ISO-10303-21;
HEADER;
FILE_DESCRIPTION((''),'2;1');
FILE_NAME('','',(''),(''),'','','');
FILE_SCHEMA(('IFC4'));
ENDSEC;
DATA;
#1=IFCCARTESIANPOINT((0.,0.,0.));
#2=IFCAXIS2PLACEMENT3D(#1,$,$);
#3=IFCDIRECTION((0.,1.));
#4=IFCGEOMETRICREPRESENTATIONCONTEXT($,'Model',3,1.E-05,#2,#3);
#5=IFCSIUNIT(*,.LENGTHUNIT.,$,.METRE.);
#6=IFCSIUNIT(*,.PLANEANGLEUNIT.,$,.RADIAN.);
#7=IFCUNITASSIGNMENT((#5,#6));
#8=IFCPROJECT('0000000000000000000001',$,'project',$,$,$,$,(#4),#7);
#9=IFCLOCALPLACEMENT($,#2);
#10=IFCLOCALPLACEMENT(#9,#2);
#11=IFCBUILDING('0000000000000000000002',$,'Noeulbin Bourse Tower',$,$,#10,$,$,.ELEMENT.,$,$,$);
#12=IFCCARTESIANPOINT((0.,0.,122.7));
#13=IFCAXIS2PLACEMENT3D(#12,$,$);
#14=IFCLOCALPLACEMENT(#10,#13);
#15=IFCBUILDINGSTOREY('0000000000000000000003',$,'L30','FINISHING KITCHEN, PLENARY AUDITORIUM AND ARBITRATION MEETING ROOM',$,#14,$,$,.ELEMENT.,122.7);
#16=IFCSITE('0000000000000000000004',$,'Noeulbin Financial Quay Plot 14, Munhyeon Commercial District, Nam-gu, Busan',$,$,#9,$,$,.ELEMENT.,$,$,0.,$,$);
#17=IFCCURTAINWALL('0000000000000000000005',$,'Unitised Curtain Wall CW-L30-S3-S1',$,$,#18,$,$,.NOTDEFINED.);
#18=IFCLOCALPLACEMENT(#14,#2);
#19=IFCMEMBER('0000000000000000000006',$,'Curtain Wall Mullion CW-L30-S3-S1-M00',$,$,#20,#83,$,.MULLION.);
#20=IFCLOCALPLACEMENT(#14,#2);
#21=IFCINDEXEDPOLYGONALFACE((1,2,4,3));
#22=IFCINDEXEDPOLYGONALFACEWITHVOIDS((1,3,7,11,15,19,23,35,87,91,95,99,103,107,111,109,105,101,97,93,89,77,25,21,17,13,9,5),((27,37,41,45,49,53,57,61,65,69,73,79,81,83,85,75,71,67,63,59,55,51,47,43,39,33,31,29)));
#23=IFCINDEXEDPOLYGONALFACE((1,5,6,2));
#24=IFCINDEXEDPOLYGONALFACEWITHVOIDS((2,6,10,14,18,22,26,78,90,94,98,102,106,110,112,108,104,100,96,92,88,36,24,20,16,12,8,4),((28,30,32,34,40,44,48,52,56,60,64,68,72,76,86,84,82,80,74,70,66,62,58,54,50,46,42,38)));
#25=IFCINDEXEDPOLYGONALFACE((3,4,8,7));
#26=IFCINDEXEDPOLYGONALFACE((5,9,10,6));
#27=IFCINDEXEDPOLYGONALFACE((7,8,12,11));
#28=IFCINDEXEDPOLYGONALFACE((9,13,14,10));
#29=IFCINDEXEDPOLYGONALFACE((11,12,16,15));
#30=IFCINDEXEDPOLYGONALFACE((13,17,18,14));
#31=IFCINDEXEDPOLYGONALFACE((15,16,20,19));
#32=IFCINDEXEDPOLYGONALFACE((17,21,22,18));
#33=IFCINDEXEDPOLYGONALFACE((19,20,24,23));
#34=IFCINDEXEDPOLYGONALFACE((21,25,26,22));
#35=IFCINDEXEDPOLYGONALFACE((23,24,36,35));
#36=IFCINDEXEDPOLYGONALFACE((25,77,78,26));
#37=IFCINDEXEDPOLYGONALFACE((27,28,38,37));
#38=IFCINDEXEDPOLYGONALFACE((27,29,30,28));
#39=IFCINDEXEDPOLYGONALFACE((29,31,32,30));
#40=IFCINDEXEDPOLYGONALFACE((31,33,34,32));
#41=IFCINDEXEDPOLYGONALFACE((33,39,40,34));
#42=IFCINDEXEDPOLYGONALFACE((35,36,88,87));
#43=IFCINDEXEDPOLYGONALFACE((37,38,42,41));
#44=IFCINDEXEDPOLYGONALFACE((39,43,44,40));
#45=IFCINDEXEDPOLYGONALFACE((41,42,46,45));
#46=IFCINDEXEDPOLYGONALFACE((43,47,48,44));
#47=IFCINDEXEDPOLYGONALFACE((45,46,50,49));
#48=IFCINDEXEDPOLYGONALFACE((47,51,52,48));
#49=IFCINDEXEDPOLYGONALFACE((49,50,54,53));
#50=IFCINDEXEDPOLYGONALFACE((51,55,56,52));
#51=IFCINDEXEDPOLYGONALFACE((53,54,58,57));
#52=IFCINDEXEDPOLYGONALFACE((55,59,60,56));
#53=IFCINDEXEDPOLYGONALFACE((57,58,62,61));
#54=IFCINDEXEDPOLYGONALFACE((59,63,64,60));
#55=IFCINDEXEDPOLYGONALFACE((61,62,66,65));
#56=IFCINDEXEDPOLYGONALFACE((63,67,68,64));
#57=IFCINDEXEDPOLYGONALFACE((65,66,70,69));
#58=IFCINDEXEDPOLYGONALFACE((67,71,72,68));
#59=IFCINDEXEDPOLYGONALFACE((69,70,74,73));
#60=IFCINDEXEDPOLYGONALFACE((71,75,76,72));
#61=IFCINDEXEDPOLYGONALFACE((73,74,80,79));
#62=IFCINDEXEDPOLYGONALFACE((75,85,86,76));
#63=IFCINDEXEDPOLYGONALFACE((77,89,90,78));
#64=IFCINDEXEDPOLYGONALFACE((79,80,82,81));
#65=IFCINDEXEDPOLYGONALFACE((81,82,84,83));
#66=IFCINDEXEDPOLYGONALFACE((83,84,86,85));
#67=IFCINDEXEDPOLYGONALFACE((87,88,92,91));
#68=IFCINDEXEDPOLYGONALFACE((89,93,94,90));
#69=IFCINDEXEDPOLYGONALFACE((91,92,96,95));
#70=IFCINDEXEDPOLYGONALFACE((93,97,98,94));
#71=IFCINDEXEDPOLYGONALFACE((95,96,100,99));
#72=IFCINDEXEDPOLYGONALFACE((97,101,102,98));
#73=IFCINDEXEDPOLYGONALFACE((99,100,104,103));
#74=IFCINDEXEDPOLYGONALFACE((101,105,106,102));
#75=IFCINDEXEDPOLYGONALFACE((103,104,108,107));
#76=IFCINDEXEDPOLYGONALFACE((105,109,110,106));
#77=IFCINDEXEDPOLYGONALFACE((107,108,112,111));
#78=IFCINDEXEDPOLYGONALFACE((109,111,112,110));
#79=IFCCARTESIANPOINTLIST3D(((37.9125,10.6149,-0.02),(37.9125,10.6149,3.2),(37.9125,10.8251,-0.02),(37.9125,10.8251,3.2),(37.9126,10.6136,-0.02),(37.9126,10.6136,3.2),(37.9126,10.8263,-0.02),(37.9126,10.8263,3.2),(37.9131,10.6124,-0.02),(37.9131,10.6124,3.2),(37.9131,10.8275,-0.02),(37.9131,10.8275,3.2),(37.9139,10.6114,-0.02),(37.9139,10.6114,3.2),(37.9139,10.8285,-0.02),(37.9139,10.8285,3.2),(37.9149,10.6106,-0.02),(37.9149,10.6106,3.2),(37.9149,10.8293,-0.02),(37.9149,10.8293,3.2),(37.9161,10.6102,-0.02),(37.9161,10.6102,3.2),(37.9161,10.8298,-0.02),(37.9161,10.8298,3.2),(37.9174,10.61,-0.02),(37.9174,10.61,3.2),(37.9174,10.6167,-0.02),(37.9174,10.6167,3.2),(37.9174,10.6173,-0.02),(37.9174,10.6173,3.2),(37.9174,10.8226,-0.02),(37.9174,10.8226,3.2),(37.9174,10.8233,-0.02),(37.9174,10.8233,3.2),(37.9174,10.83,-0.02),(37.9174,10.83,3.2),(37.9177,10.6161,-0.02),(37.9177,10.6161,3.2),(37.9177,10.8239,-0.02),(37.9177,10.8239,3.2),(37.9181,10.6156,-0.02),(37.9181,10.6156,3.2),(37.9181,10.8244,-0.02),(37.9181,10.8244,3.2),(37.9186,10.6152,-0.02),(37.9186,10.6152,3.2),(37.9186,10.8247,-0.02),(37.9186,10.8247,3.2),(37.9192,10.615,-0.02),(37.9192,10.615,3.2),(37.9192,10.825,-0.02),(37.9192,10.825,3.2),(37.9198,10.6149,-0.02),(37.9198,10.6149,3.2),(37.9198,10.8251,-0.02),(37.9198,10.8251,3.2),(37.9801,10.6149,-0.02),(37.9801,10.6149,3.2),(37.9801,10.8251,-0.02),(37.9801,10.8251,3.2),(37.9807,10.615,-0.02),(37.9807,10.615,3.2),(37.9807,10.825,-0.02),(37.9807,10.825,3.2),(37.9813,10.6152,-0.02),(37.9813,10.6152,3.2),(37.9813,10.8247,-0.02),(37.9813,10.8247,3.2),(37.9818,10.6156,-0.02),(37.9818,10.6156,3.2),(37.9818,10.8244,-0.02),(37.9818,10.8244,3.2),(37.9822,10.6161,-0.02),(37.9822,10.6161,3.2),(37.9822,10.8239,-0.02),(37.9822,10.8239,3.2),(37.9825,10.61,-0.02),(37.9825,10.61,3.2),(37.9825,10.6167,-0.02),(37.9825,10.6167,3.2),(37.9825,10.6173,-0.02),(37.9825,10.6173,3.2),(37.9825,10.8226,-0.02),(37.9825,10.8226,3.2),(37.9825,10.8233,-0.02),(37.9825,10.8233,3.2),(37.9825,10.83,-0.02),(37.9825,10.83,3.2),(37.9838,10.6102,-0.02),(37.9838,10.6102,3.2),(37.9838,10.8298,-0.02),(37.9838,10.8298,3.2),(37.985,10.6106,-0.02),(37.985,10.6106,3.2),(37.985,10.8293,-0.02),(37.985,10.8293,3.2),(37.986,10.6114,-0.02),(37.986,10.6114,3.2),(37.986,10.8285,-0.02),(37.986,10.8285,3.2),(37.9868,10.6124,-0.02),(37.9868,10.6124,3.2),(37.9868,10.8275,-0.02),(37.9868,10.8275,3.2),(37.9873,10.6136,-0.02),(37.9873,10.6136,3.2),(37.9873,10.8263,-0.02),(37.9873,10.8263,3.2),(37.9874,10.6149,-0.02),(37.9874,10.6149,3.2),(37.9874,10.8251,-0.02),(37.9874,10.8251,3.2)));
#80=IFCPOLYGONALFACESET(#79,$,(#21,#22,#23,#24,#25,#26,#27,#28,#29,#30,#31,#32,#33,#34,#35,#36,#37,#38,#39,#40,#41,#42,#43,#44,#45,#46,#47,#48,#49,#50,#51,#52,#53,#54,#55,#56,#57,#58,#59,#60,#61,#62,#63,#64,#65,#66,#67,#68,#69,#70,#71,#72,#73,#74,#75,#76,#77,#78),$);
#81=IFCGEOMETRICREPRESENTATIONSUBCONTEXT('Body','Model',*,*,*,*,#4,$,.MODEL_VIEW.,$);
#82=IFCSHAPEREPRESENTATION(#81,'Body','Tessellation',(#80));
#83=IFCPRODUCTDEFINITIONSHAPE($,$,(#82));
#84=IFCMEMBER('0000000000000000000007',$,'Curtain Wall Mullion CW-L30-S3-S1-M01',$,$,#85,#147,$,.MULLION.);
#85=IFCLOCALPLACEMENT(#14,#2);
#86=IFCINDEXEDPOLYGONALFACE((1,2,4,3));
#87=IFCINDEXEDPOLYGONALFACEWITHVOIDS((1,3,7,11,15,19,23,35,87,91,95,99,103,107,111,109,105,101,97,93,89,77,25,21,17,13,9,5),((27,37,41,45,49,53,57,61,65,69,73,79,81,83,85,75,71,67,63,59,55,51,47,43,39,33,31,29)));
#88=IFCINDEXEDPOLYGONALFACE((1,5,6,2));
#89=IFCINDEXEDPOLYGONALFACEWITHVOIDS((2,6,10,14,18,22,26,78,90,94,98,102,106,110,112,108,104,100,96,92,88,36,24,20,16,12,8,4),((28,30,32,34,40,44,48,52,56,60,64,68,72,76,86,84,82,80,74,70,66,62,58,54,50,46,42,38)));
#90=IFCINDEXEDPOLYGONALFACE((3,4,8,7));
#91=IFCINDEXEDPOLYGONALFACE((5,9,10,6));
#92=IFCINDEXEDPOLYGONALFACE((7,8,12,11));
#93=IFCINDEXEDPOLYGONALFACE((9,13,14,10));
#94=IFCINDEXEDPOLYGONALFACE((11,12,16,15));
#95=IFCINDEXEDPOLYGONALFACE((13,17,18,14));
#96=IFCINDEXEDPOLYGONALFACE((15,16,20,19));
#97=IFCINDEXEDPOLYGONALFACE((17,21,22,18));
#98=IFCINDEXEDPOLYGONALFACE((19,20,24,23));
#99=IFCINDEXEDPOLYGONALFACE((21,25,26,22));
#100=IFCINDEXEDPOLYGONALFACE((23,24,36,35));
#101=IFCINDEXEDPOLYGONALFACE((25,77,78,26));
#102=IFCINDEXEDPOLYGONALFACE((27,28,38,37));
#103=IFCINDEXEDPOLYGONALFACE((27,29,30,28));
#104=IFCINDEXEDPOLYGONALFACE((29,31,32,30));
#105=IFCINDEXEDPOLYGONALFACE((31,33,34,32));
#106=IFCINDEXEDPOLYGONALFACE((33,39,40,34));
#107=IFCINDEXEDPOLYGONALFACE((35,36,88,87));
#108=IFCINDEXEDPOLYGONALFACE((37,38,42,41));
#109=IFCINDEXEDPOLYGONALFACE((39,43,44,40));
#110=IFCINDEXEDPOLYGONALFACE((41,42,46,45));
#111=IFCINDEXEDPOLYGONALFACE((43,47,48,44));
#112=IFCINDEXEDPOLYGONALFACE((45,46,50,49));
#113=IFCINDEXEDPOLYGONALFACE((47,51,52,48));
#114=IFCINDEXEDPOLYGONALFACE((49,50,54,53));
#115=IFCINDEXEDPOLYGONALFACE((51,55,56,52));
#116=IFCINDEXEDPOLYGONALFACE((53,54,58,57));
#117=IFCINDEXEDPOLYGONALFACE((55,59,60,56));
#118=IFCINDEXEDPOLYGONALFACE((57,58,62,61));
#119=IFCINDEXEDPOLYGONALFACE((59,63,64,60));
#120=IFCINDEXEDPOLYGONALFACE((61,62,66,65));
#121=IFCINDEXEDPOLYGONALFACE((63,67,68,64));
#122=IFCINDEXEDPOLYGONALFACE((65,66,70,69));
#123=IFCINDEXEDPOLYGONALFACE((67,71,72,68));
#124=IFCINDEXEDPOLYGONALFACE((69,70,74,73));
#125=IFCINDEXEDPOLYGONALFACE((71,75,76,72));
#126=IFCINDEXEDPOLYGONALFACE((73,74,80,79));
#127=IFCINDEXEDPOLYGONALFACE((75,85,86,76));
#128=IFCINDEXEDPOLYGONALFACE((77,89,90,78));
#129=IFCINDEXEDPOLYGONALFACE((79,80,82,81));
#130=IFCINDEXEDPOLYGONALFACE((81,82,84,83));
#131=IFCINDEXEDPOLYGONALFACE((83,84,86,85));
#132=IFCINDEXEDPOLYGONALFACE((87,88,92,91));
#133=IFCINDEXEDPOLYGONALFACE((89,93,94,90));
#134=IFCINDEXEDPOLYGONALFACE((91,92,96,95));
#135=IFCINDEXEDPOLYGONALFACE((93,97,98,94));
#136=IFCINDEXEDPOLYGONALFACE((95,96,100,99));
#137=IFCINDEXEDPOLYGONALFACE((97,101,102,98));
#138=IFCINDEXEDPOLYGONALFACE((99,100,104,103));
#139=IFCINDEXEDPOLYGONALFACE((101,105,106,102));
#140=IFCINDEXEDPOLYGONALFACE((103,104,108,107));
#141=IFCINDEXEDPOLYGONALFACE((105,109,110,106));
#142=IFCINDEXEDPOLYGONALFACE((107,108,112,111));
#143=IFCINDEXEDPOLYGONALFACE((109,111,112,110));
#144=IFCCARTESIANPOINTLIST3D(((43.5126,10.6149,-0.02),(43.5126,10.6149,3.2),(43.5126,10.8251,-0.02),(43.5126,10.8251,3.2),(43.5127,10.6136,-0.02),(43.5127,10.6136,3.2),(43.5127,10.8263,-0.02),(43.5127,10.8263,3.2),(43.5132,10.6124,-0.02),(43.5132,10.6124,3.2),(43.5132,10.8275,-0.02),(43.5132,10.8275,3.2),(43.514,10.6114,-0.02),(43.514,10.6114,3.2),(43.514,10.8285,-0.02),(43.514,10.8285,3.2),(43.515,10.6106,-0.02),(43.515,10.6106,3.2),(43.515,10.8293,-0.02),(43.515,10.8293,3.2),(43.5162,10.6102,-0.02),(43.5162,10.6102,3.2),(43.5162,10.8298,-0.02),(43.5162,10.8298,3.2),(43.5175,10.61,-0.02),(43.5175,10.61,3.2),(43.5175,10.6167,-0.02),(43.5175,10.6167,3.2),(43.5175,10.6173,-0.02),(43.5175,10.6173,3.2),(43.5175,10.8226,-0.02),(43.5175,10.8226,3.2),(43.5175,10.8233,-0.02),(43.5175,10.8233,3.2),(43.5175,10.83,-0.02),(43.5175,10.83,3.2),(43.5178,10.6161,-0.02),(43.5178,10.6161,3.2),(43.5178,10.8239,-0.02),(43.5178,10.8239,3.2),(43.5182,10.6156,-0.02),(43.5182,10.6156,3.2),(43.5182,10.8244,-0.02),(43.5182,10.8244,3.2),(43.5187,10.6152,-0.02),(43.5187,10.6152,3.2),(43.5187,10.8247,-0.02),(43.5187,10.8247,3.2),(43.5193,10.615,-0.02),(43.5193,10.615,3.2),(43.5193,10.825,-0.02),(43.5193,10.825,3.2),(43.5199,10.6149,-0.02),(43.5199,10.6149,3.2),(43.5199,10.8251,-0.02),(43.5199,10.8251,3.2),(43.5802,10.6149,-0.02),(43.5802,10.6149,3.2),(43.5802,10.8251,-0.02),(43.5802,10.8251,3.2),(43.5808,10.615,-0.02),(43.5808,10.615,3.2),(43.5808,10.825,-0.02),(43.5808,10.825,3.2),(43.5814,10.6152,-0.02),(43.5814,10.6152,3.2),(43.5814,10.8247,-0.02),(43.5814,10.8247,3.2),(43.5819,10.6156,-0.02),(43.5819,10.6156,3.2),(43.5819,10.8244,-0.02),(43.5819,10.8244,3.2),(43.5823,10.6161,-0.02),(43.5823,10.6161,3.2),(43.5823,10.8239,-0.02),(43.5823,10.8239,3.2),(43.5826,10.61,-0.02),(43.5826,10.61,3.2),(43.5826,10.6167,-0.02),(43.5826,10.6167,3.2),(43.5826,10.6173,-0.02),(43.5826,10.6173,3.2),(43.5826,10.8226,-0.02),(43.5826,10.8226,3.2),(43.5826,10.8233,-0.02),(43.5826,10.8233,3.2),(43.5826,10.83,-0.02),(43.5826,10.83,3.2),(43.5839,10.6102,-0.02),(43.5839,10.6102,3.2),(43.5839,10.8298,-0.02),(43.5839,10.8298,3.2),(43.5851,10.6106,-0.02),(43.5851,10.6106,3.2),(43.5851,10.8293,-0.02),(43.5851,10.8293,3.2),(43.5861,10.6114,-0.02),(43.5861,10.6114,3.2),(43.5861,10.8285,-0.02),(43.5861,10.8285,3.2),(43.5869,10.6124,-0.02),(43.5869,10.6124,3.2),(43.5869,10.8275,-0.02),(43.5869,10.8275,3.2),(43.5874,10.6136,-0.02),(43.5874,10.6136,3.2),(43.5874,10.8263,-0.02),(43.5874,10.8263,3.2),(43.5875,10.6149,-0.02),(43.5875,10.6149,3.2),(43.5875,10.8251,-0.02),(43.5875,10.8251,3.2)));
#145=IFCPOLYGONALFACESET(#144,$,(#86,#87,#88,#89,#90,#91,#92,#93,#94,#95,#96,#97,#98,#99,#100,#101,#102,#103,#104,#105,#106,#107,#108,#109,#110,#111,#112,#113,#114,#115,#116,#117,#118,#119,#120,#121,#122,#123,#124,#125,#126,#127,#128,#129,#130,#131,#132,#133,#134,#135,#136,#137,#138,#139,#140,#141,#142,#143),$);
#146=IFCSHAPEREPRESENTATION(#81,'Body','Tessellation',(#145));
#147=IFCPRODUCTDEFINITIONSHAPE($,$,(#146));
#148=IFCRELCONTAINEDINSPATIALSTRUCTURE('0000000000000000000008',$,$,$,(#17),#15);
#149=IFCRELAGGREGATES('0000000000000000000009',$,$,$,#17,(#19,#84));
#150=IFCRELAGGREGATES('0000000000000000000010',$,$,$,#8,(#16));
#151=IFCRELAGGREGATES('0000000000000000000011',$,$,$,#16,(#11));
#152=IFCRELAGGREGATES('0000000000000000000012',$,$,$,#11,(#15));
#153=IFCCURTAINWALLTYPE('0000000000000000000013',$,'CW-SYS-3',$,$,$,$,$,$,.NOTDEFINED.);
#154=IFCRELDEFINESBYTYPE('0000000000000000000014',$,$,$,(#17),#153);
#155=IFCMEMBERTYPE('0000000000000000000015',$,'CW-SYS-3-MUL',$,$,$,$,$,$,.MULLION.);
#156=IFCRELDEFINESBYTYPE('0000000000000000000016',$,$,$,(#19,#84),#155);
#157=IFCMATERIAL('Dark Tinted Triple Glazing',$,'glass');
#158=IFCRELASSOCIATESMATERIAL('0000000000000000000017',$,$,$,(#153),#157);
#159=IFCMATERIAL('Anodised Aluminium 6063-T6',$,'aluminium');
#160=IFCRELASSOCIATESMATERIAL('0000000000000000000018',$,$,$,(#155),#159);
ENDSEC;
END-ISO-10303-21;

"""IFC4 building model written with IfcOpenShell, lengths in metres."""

from ifc_helpers import new_model, si_unit, direction, frame, origin, origin_2d, place, context, subcontext, project, spatial, hollow_rectangle, extrude, material, material_profile, profile_set, type_object, element, aggregate, save


model = new_model("IFC4")

# Units and contexts
model_context = context("Model", 3, precision=1e-05, world=origin(), true_north=direction((0.0, 1.0)))
body_context = subcontext(model_context, "Body", "Model", "MODEL_VIEW")
ifc_project = project(units=[si_unit("LENGTHUNIT", "METRE"), si_unit("PLANEANGLEUNIT", "RADIAN")], contexts=[model_context])

# Site, building, storey
site_placement = place(None, origin())
site = spatial("IfcSite", under=ifc_project, at=site_placement, Name="Noeulbin Financial Quay Plot 14, Munhyeon Commercial District, Nam-gu, Busan", CompositionType="ELEMENT", RefElevation=0.0)
building_placement = place(site_placement, origin())
building = spatial("IfcBuilding", under=site, at=building_placement, Name="Noeulbin Bourse Tower", CompositionType="ELEMENT")
storey_placement = place(building_placement, frame((0.0, 0.0, 122.7)))
storey = spatial("IfcBuildingStorey", under=building, at=storey_placement, Name="L30", Description="FINISHING KITCHEN, PLENARY AUDITORIUM AND ARBITRATION MEETING ROOM", CompositionType="ELEMENT", Elevation=122.7)

# Curtain wall, members
ifc_material_1 = material(Name="Dark Tinted Triple Glazing", Category="glass")
curtain_wall_type = type_object("IfcCurtainWallType", Name="CW-SYS-3", PredefinedType="NOTDEFINED", material=ifc_material_1)
curtain_wall_1_placement = place(storey_placement, origin())
curtain_wall_1 = element("IfcCurtainWall", 1, at=curtain_wall_1_placement, inside=storey, type_object=curtain_wall_type, Name="Unitised Curtain Wall CW-L30-S3-S1", PredefinedType="NOTDEFINED")
ifc_material_2 = material(Name="Anodised Aluminium 6063-T6", Category="aluminium")
ifc_material_profile_1 = material_profile(ifc_material_2, hollow_rectangle(XDim=0.075, YDim=0.22, WallThickness=0.0049, InnerFilletRadius=0.0024, OuterFilletRadius=0.0049, at=origin_2d()), Name="ALU-MULL-75x220x5", Category="LoadBearing")
ifc_profile_set_1 = profile_set([ifc_material_profile_1], Name="Anodised Aluminium 6063-T6")
member_type_1 = type_object("IfcMemberType", Name="CW-SYS-3-MUL", PredefinedType="MULLION", material=ifc_profile_set_1)
member_1_placement = place(storey_placement, frame((37.95, 10.72, -0.02), z_axis=(0.0, 0.0, 1.0), x_axis=(1.0, 0.0, 0.0)))
member_1 = element("IfcMember", 2, at=member_1_placement, type_object=member_type_1, Name="Curtain Wall Mullion CW-L30-S3-S1-M00", PredefinedType="MULLION", context=body_context, shape_type="SweptSolid", body=[
    extrude(hollow_rectangle(XDim=0.075, YDim=0.22, WallThickness=0.0049, InnerFilletRadius=0.0024, OuterFilletRadius=0.0049, at=origin_2d()), origin(), (0.0, 0.0, 1.0), 3.22),
])
member_2_placement = place(storey_placement, frame((43.55, 10.72, -0.02), z_axis=(0.0, 0.0, 1.0), x_axis=(1.0, 0.0, 0.0)))
member_2 = element("IfcMember", 3, at=member_2_placement, type_object=member_type_1, Name="Curtain Wall Mullion CW-L30-S3-S1-M01", PredefinedType="MULLION", context=body_context, shape_type="SweptSolid", body=[
    extrude(hollow_rectangle(XDim=0.075, YDim=0.22, WallThickness=0.0049, InnerFilletRadius=0.0024, OuterFilletRadius=0.0049, at=origin_2d()), origin(), (0.0, 0.0, 1.0), 3.22),
])

aggregate(curtain_wall_1, [member_1, member_2])

save(model, "model.ifc")
